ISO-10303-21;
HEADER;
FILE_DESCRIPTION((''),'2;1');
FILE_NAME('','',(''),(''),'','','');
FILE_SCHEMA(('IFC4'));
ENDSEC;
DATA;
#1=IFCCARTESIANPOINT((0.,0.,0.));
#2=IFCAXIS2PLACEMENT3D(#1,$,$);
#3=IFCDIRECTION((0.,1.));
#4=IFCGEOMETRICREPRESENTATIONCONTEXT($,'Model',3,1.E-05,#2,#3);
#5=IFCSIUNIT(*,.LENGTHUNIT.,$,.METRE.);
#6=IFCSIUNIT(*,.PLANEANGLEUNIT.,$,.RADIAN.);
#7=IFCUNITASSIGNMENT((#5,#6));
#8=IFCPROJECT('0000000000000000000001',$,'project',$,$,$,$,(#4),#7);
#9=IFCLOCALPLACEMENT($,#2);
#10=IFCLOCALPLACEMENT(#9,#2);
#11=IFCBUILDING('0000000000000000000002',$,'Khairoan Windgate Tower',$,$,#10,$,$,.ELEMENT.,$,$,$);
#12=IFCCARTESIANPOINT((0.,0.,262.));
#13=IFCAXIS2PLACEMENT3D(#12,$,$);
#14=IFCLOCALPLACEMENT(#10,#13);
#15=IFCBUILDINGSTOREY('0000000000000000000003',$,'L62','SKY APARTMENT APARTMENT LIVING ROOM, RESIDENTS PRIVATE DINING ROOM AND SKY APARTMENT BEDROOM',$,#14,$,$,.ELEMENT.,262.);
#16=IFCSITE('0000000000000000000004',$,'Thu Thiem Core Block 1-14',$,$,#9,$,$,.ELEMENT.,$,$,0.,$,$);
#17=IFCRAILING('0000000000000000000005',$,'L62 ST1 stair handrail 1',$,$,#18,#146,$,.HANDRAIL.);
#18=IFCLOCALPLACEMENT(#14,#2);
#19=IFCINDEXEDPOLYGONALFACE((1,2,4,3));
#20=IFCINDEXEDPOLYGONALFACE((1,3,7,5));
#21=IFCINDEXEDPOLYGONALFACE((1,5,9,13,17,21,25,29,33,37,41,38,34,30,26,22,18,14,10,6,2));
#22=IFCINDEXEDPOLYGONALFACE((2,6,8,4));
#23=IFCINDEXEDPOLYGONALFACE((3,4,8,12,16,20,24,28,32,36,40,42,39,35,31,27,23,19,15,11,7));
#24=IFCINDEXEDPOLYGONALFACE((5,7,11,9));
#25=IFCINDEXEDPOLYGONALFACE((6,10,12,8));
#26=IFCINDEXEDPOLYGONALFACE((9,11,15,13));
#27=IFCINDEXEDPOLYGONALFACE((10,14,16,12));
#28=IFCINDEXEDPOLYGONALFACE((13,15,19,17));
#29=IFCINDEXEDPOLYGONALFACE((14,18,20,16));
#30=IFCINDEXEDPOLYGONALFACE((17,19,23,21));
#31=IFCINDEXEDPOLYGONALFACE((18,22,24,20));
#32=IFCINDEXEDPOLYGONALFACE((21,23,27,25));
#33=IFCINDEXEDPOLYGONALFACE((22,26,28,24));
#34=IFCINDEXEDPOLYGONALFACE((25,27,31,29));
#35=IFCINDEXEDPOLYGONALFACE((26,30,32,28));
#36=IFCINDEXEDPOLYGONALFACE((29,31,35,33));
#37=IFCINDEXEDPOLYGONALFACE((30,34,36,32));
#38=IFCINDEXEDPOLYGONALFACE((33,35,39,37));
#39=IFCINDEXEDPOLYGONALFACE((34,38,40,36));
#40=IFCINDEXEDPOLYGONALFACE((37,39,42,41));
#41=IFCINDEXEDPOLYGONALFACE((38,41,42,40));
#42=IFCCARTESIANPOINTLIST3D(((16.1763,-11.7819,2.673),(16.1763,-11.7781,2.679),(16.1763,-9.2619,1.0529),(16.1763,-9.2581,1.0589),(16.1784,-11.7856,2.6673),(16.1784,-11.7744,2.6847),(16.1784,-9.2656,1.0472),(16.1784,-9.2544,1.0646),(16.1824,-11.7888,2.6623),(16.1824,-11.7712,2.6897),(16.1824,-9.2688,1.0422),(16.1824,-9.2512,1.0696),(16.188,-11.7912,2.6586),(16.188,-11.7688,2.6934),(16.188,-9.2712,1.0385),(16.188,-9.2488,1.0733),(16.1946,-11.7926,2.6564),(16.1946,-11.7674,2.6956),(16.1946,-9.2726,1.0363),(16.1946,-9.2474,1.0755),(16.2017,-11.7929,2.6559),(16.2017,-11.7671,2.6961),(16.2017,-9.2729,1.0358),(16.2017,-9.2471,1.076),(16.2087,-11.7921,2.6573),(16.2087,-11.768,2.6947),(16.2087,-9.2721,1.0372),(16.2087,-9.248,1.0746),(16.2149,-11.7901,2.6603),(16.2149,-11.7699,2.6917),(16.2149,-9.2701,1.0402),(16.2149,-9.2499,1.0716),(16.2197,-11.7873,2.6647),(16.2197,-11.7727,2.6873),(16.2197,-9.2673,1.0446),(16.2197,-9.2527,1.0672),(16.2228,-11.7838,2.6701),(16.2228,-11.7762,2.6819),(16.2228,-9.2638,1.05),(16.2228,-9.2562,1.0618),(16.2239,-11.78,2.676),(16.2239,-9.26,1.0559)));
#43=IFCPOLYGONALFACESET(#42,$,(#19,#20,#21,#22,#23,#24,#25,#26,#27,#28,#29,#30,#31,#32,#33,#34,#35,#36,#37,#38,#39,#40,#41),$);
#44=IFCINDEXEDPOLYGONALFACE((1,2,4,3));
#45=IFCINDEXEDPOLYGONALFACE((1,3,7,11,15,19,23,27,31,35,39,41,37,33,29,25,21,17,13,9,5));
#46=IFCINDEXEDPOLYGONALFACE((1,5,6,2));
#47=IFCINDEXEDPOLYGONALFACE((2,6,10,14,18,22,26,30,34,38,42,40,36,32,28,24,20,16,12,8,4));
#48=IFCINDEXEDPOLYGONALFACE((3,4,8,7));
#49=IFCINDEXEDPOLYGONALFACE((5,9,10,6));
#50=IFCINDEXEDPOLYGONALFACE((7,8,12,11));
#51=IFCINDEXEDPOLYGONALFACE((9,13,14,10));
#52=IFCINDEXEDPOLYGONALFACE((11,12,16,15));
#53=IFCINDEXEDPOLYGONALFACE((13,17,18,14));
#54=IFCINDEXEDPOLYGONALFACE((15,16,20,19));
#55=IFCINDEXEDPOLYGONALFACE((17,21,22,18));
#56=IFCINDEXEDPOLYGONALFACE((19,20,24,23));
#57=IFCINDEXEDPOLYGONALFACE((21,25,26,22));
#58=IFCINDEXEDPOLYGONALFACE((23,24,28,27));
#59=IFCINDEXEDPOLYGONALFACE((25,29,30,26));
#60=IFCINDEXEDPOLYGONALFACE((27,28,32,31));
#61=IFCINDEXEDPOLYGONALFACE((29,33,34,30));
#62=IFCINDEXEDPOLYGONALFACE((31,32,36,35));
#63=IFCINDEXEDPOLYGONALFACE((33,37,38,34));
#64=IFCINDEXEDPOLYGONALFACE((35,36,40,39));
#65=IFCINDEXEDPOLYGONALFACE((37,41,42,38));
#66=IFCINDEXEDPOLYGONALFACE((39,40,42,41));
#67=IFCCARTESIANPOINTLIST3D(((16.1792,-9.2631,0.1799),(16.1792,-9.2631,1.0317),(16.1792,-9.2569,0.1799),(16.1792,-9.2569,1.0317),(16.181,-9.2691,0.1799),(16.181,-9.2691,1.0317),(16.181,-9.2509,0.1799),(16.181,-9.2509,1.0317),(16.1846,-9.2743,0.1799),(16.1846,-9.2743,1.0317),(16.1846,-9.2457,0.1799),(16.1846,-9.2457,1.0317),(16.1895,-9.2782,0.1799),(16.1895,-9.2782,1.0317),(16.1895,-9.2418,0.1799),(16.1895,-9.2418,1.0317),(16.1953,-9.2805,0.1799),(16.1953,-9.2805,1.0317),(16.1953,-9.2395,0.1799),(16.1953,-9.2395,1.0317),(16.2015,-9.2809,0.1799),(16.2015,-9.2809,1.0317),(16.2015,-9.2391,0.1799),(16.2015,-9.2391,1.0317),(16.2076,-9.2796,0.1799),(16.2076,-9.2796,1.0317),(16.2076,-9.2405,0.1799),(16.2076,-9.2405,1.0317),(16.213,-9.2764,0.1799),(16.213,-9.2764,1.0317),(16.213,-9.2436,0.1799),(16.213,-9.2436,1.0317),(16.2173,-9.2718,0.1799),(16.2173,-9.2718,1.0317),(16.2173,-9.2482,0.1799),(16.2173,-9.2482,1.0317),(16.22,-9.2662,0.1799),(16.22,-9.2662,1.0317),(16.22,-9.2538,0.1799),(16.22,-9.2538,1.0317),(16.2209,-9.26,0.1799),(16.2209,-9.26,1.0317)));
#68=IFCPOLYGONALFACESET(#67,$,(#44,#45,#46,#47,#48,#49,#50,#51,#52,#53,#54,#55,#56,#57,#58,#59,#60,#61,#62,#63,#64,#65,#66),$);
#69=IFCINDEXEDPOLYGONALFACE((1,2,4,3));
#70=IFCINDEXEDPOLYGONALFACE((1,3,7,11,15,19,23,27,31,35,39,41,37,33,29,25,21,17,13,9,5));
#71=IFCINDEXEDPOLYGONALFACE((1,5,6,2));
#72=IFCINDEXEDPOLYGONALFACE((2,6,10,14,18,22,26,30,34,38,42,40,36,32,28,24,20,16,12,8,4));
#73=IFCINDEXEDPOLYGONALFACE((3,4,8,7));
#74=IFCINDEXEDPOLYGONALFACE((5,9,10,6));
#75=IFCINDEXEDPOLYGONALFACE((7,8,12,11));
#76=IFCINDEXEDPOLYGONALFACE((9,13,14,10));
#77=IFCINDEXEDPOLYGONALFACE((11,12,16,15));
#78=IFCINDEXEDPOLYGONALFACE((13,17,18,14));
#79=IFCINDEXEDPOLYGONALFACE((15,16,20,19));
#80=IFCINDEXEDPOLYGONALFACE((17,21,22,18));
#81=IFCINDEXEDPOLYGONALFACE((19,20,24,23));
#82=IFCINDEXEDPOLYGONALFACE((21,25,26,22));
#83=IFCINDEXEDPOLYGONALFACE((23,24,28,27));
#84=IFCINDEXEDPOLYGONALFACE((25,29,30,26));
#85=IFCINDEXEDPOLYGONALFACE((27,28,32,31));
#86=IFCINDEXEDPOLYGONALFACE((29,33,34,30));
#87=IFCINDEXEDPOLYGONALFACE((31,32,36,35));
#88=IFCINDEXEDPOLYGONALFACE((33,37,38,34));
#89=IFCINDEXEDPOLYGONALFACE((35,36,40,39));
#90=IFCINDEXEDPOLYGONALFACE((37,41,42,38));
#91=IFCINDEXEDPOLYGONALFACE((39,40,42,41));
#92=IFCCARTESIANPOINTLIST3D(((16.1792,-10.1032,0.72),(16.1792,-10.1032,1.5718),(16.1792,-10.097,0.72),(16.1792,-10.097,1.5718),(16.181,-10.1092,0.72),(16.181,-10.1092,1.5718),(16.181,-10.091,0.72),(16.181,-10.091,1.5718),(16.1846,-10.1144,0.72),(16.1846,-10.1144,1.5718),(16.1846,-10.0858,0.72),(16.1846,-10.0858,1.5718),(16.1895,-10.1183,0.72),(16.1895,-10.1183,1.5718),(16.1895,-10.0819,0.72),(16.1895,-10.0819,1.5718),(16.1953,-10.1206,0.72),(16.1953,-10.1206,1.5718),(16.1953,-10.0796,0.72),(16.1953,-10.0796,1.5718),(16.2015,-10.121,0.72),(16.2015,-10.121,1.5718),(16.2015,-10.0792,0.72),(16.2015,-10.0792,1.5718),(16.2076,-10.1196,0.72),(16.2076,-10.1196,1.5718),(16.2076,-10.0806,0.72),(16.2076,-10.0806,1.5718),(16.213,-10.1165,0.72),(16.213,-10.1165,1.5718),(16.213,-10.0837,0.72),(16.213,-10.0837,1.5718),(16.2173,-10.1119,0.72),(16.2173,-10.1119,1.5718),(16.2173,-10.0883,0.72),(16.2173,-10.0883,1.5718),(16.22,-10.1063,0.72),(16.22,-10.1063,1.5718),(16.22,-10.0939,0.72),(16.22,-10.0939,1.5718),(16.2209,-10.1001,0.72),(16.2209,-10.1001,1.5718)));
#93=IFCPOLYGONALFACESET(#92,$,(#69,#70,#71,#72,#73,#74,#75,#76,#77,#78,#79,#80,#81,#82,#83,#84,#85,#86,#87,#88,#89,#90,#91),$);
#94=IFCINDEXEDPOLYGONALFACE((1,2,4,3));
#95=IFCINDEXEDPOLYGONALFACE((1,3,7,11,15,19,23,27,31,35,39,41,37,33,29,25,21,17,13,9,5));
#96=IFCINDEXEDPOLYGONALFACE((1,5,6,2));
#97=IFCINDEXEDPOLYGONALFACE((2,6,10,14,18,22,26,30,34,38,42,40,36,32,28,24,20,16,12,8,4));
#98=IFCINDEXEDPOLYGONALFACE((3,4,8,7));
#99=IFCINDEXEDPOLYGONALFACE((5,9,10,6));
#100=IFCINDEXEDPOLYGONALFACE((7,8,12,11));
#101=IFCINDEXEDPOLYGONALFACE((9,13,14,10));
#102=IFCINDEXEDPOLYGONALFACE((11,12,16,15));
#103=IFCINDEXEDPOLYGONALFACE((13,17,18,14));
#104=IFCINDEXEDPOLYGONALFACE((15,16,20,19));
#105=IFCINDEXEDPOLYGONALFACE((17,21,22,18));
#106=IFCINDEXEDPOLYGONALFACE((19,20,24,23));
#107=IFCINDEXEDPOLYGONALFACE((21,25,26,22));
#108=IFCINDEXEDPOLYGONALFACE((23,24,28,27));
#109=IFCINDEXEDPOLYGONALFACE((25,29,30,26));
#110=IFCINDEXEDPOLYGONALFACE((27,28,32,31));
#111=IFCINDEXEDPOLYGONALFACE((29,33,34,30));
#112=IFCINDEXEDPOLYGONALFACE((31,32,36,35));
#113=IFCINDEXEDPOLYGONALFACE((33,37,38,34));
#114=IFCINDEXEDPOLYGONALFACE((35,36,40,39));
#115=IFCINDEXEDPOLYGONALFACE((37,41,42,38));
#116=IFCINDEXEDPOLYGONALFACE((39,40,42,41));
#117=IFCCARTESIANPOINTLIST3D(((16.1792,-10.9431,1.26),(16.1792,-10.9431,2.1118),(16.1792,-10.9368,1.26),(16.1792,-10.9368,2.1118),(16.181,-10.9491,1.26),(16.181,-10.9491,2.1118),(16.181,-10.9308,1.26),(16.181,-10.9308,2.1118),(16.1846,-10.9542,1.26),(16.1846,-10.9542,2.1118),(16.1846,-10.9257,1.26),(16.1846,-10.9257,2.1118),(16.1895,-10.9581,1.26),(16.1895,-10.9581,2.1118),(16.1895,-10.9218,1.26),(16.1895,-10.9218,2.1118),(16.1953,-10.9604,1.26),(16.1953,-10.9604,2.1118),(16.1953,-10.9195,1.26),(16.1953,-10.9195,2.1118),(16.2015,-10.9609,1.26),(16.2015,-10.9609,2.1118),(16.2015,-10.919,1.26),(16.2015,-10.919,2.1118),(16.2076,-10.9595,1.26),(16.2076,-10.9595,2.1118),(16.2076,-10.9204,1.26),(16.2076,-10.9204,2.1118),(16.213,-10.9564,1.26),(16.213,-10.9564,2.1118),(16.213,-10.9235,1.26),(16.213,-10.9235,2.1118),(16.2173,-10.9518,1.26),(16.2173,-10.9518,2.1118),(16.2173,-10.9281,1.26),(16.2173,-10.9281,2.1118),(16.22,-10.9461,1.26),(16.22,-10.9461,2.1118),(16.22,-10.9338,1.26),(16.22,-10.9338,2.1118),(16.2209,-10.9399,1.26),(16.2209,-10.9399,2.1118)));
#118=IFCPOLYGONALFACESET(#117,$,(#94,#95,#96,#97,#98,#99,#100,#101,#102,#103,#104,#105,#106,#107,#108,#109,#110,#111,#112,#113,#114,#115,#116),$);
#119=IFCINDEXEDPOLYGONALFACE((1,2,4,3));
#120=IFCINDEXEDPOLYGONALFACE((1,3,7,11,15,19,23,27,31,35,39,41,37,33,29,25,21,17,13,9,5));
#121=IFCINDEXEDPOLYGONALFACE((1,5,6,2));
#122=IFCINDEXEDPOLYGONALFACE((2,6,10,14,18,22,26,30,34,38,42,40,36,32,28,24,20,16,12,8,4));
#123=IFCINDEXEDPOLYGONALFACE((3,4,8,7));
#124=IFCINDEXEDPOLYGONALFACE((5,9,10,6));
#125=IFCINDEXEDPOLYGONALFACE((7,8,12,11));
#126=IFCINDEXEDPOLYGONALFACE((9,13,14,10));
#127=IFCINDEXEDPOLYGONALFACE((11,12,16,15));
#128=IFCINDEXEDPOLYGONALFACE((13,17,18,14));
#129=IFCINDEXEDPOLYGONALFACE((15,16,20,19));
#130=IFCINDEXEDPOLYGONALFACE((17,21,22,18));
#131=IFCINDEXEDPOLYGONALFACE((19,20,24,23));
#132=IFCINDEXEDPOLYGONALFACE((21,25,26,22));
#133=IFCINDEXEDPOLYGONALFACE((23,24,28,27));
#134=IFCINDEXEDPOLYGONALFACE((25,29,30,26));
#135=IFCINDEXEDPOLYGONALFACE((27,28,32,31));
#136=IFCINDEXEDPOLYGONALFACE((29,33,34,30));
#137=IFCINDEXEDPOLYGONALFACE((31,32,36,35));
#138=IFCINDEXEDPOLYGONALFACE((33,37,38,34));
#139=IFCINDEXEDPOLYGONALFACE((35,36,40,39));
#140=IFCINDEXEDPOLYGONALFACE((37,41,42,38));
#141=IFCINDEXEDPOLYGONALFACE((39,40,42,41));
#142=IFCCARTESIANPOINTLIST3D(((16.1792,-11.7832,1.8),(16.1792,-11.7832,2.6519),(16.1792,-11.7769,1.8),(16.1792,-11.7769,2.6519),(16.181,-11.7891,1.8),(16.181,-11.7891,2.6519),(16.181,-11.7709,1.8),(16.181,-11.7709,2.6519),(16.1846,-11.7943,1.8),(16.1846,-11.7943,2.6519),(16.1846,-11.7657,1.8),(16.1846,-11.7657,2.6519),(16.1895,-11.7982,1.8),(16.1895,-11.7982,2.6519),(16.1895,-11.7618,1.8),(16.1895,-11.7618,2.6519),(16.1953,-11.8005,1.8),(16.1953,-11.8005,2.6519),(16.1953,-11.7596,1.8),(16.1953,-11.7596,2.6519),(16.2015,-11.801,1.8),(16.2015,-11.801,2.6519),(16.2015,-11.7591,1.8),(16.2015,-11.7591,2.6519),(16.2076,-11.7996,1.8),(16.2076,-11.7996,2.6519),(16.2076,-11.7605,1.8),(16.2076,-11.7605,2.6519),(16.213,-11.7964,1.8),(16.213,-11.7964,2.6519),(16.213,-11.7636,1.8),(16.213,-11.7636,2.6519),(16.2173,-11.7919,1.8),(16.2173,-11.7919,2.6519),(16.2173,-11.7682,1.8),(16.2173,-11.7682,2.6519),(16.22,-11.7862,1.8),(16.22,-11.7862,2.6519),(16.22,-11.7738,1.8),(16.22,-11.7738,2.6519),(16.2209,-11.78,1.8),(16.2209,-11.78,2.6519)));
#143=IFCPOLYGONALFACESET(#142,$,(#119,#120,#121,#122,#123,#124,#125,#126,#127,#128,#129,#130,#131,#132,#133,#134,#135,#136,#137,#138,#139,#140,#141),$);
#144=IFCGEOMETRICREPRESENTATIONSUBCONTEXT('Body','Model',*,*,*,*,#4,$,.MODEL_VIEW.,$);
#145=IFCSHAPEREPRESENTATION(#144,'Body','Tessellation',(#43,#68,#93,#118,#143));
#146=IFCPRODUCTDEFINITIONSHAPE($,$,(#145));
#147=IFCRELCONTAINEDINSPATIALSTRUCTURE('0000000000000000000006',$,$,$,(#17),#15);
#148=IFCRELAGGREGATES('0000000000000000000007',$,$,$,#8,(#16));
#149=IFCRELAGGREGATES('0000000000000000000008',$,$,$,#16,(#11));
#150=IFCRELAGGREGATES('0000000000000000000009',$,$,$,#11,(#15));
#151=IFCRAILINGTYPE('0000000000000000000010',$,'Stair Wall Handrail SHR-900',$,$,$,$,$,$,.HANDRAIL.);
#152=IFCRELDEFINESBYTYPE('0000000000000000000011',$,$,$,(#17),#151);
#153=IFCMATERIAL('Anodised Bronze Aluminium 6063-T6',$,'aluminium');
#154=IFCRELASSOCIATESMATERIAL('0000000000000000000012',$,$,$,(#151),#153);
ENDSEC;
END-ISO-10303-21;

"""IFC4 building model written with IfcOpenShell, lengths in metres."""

from ifc_helpers import new_model, si_unit, direction, frame, origin, origin_2d, place, context, subcontext, project, spatial, circle, extrude, material, type_object, element, save


model = new_model("IFC4")

# Units and contexts
model_context = context("Model", 3, precision=1e-05, world=origin(), true_north=direction((0.0, 1.0)))
body_context = subcontext(model_context, "Body", "Model", "MODEL_VIEW")
ifc_project = project(units=[si_unit("LENGTHUNIT", "METRE"), si_unit("PLANEANGLEUNIT", "RADIAN")], contexts=[model_context])

# Site, building, storey
site_placement = place(None, origin())
site = spatial("IfcSite", under=ifc_project, at=site_placement, Name="Thu Thiem Core Block 1-14", CompositionType="ELEMENT", RefElevation=0.0)
building_placement = place(site_placement, origin())
building = spatial("IfcBuilding", under=site, at=building_placement, Name="Khairoan Windgate Tower", CompositionType="ELEMENT")
storey_placement = place(building_placement, frame((0.0, 0.0, 262.0)))
storey = spatial("IfcBuildingStorey", under=building, at=storey_placement, Name="L62", Description="SKY APARTMENT APARTMENT LIVING ROOM, RESIDENTS PRIVATE DINING ROOM AND SKY APARTMENT BEDROOM", CompositionType="ELEMENT", Elevation=262.0)

# Railing
ifc_material_1 = material(Name="Anodised Bronze Aluminium 6063-T6", Category="aluminium")
railing_type_1 = type_object("IfcRailingType", Name="Stair Wall Handrail SHR-900", PredefinedType="HANDRAIL", material=ifc_material_1)
railing_1_placement = place(storey_placement, frame((16.2, -9.26, 0.1799)))
element("IfcRailing", 1, at=railing_1_placement, inside=storey, type_object=railing_type_1, Name="L62 ST1 stair handrail 1", PredefinedType="HANDRAIL", context=body_context, shape_type="SweptSolid", body=[
    extrude(circle(Radius=0.0239, at=origin_2d()), frame((0.0, 0.0, 0.876), z_axis=(0.0, -0.841163, 0.540782), x_axis=(1.0, 0.0, 0.0)), (0.0, 0.0, 1.0), 2.9958),
    extrude(circle(Radius=0.021, at=origin_2d()), origin(), (0.0, 0.0, 1.0), 0.8518),
    extrude(circle(Radius=0.021, at=origin_2d()), frame((0.0, -0.8401, 0.54)), (0.0, 0.0, 1.0), 0.8518),
    extrude(circle(Radius=0.021, at=origin_2d()), frame((0.0, -1.6799, 1.0801)), (0.0, 0.0, 1.0), 0.8518),
    extrude(circle(Radius=0.021, at=origin_2d()), frame((0.0, -2.52, 1.6201)), (0.0, 0.0, 1.0), 0.8518),
])

save(model, "model.ifc")
